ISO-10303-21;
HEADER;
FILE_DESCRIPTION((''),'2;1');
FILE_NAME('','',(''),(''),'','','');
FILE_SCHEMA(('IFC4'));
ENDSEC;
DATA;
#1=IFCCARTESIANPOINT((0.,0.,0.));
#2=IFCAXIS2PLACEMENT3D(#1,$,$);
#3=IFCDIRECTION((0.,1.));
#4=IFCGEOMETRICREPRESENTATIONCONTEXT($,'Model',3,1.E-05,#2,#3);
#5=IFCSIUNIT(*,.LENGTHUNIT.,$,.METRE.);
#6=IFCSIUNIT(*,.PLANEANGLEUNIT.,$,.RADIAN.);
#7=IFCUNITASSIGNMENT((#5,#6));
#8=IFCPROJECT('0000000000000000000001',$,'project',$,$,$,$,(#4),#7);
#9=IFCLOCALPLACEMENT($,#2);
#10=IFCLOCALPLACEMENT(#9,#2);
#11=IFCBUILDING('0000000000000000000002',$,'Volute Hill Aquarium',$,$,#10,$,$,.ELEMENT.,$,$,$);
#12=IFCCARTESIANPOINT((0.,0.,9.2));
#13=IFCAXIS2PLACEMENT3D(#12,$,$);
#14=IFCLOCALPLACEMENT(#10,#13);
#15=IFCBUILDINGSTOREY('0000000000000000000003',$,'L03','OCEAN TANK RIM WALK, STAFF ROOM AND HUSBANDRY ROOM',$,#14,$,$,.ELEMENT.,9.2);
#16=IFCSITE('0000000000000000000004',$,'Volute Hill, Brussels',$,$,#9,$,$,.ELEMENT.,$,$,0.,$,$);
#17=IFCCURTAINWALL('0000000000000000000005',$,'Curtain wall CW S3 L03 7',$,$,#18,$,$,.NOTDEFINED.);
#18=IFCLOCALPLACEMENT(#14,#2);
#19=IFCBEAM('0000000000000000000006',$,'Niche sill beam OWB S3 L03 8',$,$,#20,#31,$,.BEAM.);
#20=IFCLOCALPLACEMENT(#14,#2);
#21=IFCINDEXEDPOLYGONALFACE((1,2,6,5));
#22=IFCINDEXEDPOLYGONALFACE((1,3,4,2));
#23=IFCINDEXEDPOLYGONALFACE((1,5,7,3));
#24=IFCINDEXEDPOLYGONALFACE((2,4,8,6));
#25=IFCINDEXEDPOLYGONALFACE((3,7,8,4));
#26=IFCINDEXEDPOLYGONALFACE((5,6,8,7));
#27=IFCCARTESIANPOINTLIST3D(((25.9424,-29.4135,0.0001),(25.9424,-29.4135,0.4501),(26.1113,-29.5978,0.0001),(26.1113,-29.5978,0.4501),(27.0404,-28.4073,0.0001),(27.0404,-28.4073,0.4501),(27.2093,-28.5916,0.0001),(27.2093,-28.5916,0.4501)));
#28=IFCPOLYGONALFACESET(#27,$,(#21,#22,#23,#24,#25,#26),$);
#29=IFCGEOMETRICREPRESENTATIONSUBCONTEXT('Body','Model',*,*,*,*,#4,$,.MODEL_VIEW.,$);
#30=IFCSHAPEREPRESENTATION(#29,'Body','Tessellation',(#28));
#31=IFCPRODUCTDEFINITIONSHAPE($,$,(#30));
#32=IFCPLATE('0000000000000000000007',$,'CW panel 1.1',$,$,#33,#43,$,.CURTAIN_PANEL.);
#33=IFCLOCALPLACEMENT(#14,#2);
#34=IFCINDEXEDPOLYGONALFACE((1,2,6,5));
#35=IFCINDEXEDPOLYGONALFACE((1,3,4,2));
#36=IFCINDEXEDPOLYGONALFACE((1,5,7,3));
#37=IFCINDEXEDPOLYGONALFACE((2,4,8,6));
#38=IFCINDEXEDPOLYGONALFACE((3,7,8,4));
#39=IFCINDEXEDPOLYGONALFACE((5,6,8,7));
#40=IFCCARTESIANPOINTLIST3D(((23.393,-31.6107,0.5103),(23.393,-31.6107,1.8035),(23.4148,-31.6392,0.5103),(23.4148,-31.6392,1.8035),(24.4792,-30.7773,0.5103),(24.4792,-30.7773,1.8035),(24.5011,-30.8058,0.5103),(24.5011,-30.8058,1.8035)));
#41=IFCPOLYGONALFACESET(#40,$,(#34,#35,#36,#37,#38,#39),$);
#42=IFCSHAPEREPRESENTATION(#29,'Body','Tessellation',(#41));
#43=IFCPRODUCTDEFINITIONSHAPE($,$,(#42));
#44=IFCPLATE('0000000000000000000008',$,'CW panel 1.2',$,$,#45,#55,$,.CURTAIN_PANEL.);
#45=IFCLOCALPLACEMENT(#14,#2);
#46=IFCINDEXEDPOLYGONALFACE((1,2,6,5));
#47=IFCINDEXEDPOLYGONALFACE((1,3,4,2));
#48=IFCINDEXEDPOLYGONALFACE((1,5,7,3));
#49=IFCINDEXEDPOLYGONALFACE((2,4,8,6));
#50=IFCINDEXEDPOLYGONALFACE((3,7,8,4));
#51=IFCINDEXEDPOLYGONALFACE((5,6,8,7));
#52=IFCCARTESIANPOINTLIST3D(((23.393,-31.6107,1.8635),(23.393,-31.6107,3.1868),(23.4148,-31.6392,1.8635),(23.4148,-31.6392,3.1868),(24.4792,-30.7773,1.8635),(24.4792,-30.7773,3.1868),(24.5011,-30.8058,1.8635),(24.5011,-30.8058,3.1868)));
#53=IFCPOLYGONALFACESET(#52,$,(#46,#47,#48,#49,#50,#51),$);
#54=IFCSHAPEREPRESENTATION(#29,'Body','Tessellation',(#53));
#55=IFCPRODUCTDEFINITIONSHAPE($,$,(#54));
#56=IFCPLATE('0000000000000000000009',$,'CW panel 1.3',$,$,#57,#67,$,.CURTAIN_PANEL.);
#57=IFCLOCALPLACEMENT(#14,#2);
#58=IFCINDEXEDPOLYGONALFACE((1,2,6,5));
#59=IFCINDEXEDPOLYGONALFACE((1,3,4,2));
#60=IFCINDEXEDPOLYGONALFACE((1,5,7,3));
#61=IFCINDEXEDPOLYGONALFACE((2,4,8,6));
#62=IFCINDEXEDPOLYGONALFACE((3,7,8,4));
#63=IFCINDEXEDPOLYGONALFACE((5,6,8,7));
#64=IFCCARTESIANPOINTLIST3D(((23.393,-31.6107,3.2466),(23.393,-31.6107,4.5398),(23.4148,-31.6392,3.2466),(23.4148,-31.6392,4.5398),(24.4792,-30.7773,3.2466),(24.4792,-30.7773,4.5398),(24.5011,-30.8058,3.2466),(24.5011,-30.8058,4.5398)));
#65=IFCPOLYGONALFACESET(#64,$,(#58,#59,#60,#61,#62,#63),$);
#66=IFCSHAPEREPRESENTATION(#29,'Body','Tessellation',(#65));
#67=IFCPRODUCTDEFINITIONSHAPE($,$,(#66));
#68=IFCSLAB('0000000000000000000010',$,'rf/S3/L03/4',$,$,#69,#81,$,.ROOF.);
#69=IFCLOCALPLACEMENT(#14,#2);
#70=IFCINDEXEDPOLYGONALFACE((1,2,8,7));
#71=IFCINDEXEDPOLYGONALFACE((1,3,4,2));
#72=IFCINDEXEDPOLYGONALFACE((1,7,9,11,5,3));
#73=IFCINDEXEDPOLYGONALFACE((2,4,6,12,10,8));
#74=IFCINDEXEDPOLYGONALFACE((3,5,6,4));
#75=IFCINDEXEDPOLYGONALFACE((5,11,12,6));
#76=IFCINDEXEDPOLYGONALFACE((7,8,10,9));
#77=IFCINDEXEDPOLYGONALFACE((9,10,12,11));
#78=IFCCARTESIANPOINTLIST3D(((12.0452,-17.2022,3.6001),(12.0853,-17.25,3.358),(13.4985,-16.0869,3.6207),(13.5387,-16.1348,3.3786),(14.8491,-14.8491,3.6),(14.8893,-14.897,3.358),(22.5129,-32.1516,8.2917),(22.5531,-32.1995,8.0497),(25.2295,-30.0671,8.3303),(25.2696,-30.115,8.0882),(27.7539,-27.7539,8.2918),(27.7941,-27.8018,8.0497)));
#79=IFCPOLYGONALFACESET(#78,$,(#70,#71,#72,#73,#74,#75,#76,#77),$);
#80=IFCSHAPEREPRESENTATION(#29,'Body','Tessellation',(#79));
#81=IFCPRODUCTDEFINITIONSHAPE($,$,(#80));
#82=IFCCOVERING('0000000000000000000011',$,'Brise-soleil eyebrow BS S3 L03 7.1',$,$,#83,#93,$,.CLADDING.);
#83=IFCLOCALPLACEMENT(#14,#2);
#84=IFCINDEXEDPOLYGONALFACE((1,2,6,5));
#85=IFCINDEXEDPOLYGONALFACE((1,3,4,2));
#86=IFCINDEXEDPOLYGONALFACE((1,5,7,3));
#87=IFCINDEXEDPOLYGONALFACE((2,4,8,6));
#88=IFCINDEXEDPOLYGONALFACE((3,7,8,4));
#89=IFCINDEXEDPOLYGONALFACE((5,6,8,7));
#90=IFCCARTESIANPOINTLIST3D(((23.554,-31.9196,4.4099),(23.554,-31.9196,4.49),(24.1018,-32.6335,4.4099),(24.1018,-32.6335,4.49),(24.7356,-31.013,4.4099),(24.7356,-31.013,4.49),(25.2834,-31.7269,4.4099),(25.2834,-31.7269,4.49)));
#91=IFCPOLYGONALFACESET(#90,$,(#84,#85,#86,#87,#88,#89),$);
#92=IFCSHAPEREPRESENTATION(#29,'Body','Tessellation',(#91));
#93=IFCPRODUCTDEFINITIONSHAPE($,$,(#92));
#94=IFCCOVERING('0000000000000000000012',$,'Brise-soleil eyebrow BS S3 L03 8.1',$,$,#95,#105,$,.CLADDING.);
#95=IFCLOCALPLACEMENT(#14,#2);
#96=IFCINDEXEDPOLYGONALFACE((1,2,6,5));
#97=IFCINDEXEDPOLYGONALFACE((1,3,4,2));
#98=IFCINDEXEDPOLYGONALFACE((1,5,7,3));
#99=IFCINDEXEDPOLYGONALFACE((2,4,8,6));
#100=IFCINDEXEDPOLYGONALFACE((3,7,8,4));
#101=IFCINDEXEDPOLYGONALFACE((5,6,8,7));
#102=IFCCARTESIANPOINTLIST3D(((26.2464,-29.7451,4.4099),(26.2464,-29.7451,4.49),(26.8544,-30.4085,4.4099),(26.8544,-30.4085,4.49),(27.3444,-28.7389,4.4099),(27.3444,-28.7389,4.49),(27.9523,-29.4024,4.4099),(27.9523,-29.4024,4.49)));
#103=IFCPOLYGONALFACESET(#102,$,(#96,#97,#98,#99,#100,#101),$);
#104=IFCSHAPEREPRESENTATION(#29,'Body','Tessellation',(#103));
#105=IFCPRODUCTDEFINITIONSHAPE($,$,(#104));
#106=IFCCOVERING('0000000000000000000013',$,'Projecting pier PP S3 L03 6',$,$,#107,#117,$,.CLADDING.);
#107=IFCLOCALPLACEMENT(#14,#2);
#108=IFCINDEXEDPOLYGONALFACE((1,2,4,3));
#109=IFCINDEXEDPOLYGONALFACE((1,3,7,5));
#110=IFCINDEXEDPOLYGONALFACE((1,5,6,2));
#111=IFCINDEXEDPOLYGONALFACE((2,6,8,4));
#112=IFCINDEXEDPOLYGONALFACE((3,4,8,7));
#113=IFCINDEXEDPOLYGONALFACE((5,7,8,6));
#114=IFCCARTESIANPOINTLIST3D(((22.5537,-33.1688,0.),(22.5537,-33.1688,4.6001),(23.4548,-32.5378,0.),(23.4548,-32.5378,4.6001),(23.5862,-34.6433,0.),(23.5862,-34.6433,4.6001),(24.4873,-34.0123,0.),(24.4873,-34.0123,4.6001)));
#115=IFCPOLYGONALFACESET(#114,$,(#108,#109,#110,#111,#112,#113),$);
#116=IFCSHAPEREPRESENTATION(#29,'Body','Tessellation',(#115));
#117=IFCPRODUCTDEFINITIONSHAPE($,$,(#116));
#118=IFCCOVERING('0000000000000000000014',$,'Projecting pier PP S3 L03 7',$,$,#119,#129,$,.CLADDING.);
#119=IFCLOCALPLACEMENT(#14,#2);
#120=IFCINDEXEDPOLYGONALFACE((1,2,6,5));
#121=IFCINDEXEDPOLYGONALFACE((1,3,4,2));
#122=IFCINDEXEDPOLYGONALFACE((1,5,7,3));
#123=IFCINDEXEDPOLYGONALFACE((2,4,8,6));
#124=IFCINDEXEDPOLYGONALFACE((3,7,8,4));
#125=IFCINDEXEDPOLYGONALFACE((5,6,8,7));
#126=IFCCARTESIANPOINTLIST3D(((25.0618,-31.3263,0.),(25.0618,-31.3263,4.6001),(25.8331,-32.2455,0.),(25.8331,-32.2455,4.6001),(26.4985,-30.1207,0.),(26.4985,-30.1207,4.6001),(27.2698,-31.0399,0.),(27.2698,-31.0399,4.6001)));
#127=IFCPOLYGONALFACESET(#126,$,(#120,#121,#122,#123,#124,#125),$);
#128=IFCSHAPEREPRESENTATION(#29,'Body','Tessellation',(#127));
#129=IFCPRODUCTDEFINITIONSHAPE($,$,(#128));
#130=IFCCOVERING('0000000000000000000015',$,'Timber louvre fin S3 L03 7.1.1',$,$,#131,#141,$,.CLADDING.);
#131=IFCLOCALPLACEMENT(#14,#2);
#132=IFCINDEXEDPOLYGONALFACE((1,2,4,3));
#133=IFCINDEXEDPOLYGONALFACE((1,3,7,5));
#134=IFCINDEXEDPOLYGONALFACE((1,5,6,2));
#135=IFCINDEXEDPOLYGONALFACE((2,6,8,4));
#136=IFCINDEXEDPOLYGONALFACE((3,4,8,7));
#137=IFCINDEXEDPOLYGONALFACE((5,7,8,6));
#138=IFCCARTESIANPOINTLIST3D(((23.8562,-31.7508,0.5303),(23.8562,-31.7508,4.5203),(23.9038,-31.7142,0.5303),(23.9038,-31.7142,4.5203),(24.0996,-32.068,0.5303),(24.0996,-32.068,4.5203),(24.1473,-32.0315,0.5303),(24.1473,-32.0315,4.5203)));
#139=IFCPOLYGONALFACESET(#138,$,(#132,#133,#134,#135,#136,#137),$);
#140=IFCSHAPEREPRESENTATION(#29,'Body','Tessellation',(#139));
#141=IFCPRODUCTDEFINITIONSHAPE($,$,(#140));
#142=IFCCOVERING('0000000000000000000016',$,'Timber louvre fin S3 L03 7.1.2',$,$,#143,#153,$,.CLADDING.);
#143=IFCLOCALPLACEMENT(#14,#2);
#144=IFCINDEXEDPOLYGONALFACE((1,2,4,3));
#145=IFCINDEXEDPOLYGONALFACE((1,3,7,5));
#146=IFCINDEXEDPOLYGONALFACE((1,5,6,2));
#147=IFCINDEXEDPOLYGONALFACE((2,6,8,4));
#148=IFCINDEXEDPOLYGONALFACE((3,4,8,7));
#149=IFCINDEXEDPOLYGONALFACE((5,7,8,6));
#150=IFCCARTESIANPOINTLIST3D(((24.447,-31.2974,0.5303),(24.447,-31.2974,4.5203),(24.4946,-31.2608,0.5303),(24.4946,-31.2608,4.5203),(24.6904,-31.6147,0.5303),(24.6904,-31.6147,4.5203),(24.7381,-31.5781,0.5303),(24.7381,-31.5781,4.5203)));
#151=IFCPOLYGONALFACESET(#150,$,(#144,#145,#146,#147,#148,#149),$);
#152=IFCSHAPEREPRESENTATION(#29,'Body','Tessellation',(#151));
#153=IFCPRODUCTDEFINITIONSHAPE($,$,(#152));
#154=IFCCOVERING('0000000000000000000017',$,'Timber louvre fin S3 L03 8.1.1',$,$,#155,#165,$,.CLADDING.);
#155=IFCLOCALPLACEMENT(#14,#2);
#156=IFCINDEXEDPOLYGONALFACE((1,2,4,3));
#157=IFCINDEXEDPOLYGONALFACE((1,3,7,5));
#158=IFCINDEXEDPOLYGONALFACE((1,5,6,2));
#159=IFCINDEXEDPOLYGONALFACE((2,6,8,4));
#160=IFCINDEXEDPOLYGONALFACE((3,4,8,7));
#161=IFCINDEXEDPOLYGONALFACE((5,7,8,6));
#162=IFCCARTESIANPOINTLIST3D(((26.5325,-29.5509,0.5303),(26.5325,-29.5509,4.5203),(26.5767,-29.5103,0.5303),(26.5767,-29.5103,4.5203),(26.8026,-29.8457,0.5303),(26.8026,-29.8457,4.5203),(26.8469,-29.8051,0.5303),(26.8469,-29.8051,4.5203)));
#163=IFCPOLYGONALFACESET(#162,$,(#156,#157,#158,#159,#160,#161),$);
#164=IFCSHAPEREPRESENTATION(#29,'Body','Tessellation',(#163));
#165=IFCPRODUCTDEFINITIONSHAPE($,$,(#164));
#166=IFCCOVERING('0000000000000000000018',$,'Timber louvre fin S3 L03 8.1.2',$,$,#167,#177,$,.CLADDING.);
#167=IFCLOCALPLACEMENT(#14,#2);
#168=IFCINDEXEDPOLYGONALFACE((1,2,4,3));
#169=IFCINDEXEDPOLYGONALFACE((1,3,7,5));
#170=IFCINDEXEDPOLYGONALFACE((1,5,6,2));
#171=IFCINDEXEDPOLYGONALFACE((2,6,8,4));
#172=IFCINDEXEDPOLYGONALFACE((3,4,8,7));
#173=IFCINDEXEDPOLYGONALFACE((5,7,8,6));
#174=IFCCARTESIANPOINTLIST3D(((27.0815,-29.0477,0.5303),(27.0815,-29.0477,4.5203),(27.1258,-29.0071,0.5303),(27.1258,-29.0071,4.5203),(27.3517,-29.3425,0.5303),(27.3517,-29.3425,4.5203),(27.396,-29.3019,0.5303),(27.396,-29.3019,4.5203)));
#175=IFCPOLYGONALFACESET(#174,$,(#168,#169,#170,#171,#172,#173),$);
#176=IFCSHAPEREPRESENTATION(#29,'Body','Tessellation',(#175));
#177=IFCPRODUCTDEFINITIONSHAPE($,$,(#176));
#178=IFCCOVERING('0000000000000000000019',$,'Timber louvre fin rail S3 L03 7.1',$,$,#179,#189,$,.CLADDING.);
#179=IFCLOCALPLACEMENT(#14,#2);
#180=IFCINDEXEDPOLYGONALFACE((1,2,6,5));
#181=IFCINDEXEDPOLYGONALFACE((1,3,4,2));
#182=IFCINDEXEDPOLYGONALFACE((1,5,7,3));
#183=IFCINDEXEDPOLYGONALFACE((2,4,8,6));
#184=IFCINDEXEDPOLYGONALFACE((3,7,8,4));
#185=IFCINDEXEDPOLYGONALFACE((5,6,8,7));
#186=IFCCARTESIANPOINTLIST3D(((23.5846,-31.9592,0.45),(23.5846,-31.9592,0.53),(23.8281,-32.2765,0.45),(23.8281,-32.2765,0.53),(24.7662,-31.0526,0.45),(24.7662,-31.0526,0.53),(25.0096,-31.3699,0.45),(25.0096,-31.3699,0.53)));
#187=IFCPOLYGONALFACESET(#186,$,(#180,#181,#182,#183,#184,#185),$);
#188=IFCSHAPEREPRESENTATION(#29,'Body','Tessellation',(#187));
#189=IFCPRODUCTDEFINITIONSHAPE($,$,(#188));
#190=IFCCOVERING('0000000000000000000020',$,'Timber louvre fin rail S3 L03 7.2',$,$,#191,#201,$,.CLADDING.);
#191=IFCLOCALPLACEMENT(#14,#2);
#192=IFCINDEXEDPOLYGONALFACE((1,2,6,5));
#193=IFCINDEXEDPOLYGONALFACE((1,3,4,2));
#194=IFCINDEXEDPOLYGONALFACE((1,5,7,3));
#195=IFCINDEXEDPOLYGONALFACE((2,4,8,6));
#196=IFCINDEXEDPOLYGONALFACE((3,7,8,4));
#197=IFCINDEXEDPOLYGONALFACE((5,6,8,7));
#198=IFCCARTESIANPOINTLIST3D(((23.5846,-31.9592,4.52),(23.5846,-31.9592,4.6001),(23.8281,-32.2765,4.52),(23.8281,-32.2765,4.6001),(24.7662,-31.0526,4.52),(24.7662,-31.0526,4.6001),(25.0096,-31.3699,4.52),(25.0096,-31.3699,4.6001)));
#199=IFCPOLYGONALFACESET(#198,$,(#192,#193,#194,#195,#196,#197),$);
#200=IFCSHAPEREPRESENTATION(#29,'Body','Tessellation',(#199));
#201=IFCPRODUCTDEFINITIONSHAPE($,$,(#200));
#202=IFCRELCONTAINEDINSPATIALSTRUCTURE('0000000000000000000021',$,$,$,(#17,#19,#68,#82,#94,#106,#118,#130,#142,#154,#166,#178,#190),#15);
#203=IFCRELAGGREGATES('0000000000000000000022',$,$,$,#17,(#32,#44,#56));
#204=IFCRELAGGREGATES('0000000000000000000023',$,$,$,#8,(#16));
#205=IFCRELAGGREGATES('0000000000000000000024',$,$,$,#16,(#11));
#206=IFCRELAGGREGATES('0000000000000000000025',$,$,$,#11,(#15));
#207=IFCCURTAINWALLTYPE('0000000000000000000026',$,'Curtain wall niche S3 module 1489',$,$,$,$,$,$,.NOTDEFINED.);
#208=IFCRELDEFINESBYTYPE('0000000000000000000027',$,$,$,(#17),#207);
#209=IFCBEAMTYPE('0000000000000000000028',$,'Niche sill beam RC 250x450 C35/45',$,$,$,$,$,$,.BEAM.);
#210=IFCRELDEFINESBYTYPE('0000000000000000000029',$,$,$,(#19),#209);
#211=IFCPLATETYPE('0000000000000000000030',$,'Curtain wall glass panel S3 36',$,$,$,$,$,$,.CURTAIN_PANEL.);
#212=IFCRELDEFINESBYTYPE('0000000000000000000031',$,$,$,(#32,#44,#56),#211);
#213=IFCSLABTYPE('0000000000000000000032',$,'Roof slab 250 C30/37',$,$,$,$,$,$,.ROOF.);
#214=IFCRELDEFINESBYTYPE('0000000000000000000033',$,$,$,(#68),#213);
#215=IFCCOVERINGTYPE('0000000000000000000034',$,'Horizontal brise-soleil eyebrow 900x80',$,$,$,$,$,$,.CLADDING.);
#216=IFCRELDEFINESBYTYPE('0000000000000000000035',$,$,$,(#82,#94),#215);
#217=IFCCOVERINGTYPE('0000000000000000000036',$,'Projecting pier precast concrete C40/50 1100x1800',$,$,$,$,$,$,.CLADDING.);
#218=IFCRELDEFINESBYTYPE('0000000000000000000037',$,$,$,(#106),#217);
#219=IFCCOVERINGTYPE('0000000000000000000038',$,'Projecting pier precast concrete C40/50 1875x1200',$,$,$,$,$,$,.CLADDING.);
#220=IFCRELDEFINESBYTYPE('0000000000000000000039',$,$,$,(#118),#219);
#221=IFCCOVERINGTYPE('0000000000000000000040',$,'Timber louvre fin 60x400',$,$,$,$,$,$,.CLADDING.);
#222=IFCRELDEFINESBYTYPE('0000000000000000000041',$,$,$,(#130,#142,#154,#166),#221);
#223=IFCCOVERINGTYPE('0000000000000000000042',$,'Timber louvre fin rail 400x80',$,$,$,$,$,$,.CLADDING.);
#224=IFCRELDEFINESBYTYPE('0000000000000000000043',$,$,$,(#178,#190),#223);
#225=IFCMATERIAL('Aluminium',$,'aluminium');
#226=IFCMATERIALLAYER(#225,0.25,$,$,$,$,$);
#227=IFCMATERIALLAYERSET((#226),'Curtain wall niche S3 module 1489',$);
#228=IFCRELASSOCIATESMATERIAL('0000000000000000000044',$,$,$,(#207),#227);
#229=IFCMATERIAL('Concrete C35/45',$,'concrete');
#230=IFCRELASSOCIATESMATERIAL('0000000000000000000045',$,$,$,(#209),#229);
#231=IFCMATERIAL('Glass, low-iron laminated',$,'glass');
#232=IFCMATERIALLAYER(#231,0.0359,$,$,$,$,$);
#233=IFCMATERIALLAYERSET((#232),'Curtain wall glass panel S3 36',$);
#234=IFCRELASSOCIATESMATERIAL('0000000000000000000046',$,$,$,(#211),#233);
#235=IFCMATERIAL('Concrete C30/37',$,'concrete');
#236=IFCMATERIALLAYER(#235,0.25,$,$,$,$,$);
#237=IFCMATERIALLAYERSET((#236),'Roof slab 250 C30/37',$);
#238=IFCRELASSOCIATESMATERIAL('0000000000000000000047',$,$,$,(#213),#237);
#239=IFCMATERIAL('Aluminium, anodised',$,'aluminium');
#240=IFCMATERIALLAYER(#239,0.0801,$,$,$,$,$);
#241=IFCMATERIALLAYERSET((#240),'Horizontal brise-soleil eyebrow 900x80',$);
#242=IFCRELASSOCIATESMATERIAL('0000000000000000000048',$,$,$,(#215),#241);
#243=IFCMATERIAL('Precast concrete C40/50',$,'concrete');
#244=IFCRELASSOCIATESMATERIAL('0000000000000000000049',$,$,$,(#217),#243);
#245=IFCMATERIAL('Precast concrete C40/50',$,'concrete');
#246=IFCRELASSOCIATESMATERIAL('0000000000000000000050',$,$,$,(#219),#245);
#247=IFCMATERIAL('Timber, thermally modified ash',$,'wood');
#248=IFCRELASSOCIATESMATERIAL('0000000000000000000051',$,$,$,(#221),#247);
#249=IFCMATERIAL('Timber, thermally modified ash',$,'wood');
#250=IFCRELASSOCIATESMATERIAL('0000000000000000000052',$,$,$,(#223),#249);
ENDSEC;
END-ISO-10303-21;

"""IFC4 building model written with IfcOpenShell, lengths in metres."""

from ifc_helpers import new_model, si_unit, direction, frame, origin, origin_2d, place, context, subcontext, project, spatial, polyline, rectangle, outline, extrude, material, layer, layer_set, material_profile, profile_set, type_object, element, aggregate, save


model = new_model("IFC4")

# Units and contexts
model_context = context("Model", 3, precision=1e-05, world=origin(), true_north=direction((0.0, 1.0)))
body_context = subcontext(model_context, "Body", "Model", "MODEL_VIEW")
ifc_project = project(units=[si_unit("LENGTHUNIT", "METRE"), si_unit("PLANEANGLEUNIT", "RADIAN")], contexts=[model_context])

# Site, building, storey
site_placement = place(None, origin())
site = spatial("IfcSite", under=ifc_project, at=site_placement, Name="Volute Hill, Brussels", CompositionType="ELEMENT", RefElevation=0.0)
building_placement = place(site_placement, origin())
building = spatial("IfcBuilding", under=site, at=building_placement, Name="Volute Hill Aquarium", CompositionType="ELEMENT")
storey_placement = place(building_placement, frame((0.0, 0.0, 9.2)))
storey = spatial("IfcBuildingStorey", under=building, at=storey_placement, Name="L03", Description="OCEAN TANK RIM WALK, STAFF ROOM AND HUSBANDRY ROOM", CompositionType="ELEMENT", Elevation=9.2)

# Curtain wall
ifc_material_1 = material(Name="Aluminium", Category="aluminium")
ifc_layer_1 = layer(ifc_material_1, 0.25)
ifc_layer_set_1 = layer_set([ifc_layer_1], Name="Curtain wall niche S3 module 1489")
curtain_wall_type = type_object("IfcCurtainWallType", Name="Curtain wall niche S3 module 1489", PredefinedType="NOTDEFINED", material=ifc_layer_set_1)
curtain_wall_1_placement = place(storey_placement, origin())
curtain_wall_1 = element("IfcCurtainWall", 1, at=curtain_wall_1_placement, inside=storey, type_object=curtain_wall_type, Name="Curtain wall CW S3 L03 7", PredefinedType="NOTDEFINED")

# Beam
ifc_material_2 = material(Name="Concrete C35/45", Category="concrete")
ifc_material_profile_1 = material_profile(ifc_material_2, rectangle(XDim=0.25, YDim=0.45, at=origin_2d()), Name="RC beam 250x450")
ifc_profile_set_1 = profile_set([ifc_material_profile_1], Name="Concrete C35/45")
beam_type_1 = type_object("IfcBeamType", Name="Niche sill beam RC 250x450 C35/45", PredefinedType="BEAM", material=ifc_profile_set_1)
for number, where, z_axis, x_axis, name in (
    (2, (26.0269, -29.5056, 0.2251), (0.737256, 0.675613, 0.0), (-0.675613, 0.737256, 0.0), "Niche sill beam OWB S3 L03 8"),
):
    element("IfcBeam", number, at=place(storey_placement, frame(where, z_axis=z_axis, x_axis=x_axis)), inside=storey, type_object=beam_type_1, Name=name, PredefinedType="BEAM", context=body_context, shape_type="SweptSolid", body=[
        extrude(rectangle(XDim=0.25, YDim=0.45, at=origin_2d()), origin(), (0.0, 0.0, 1.0), 1.4893),
    ])

# Plates
ifc_material_3 = material(Name="Glass, low-iron laminated", Category="glass")
ifc_layer_2 = layer(ifc_material_3, 0.0359)
ifc_layer_set_2 = layer_set([ifc_layer_2], Name="Curtain wall glass panel S3 36")
plate_type = type_object("IfcPlateType", Name="Curtain wall glass panel S3 36", PredefinedType="CURTAIN_PANEL", material=ifc_layer_set_2)
plate_1_placement = place(storey_placement, frame((23.947, -31.2083, 0.5103), z_axis=(0.0, 0.0, 1.0), x_axis=(0.793365, 0.608747, 0.0)))
plate_1 = element("IfcPlate", 3, at=plate_1_placement, type_object=plate_type, Name="CW panel 1.1", PredefinedType="CURTAIN_PANEL", context=body_context, shape_type="SweptSolid", body=[
    extrude(rectangle(XDim=1.3691, YDim=0.0359, at=origin_2d()), origin(), (0.0, 0.0, 1.0), 1.2932),
])
plate_2_placement = place(storey_placement, frame((23.947, -31.2083, 1.8635), z_axis=(0.0, 0.0, 1.0), x_axis=(0.793365, 0.608747, 0.0)))
plate_2 = element("IfcPlate", 4, at=plate_2_placement, type_object=plate_type, Name="CW panel 1.2", PredefinedType="CURTAIN_PANEL", context=body_context, shape_type="SweptSolid", body=[
    extrude(rectangle(XDim=1.3691, YDim=0.0359, at=origin_2d()), origin(), (0.0, 0.0, 1.0), 1.3232),
])
plate_3_placement = place(storey_placement, frame((23.947, -31.2083, 3.2466), z_axis=(0.0, 0.0, 1.0), x_axis=(0.793365, 0.608747, 0.0)))
plate_3 = element("IfcPlate", 5, at=plate_3_placement, type_object=plate_type, Name="CW panel 1.3", PredefinedType="CURTAIN_PANEL", context=body_context, shape_type="SweptSolid", body=[
    extrude(rectangle(XDim=1.3691, YDim=0.0359, at=origin_2d()), origin(), (0.0, 0.0, 1.0), 1.2932),
])
aggregate(curtain_wall_1, [plate_1, plate_2, plate_3])

# Slab
ifc_material_4 = material(Name="Concrete C30/37", Category="concrete")
ifc_layer_3 = layer(ifc_material_4, 0.25)
ifc_layer_set_3 = layer_set([ifc_layer_3], Name="Roof slab 250 C30/37")
slab_type = type_object("IfcSlabType", Name="Roof slab 250 C30/37", PredefinedType="ROOF", material=ifc_layer_set_3)
slab_placement = place(storey_placement, frame((22.5129, -32.1516, 8.2917), z_axis=(-0.16062, 0.191413, 0.968278), x_axis=(0.793305, 0.60872, 0.011261)))
element("IfcSlab", 6, at=slab_placement, inside=storey, type_object=slab_type, Name="rf/S3/L03/4", PredefinedType="ROOF", context=body_context, shape_type="SweptSolid", body=[
    extrude(outline(polyline([(0.0, 0.0), (3.4244, 0.0), (6.8347, 0.3082), (4.3998, 18.9938), (2.5751, 18.8288), (0.7431, 18.8287), (0.0, 0.0)])), origin(), (0.0, 0.0, -1.0), 0.25),
])

# Coverings
ifc_material_5 = material(Name="Aluminium, anodised", Category="aluminium")
ifc_layer_4 = layer(ifc_material_5, 0.0801)
ifc_layer_set_4 = layer_set([ifc_layer_4], Name="Horizontal brise-soleil eyebrow 900x80")
covering_type_1 = type_object("IfcCoveringType", Name="Horizontal brise-soleil eyebrow 900x80", PredefinedType="CLADDING", material=ifc_layer_set_4)
for number, where, z_axis, x_axis, name in (
    (7, (24.4187, -31.8232, 4.4099), (0.0, 0.0, 1.0), (0.793365, 0.608746, 0.0), "Brise-soleil eyebrow BS S3 L03 7.1"),
    (8, (27.0994, -29.5737, 4.4099), (0.0, 0.0, 1.0), (0.737257, 0.675612, 0.0), "Brise-soleil eyebrow BS S3 L03 8.1"),
):
    element("IfcCovering", number, at=place(storey_placement, frame(where, z_axis=z_axis, x_axis=x_axis)), inside=storey, type_object=covering_type_1, Name=name, PredefinedType="CLADDING", context=body_context, shape_type="SweptSolid", body=[
        extrude(rectangle(XDim=1.4893, YDim=0.8999, at=origin_2d()), origin(), (0.0, 0.0, 1.0), 0.0801),
    ])
ifc_material_6 = material(Name="Precast concrete C40/50", Category="concrete")
covering_type_2 = type_object("IfcCoveringType", Name="Projecting pier precast concrete C40/50 1100x1800", PredefinedType="CLADDING", material=ifc_material_6)
covering_1_placement = place(storey_placement, frame((23.5205, -33.5906, 0.0), z_axis=(0.0, 0.0, 1.0), x_axis=(0.819152, 0.573576, 0.0)))
element("IfcCovering", 9, at=covering_1_placement, inside=storey, type_object=covering_type_2, Name="Projecting pier PP S3 L03 6", PredefinedType="CLADDING", context=body_context, shape_type="SweptSolid", body=[
    extrude(rectangle(XDim=1.1001, YDim=1.8, at=origin_2d()), origin(), (0.0, 0.0, 1.0), 4.6001),
])
ifc_material_7 = material(Name="Precast concrete C40/50", Category="concrete")
covering_type_3 = type_object("IfcCoveringType", Name="Projecting pier precast concrete C40/50 1875x1200", PredefinedType="CLADDING", material=ifc_material_7)
covering_2_placement = place(storey_placement, frame((26.1658, -31.1831, 0.0), z_axis=(0.0, 0.0, 1.0), x_axis=(0.766044, 0.642788, 0.0)))
element("IfcCovering", 10, at=covering_2_placement, inside=storey, type_object=covering_type_3, Name="Projecting pier PP S3 L03 7", PredefinedType="CLADDING", context=body_context, shape_type="SweptSolid", body=[
    extrude(rectangle(XDim=1.8755, YDim=1.2, at=origin_2d()), origin(), (0.0, 0.0, 1.0), 4.6001),
])
ifc_material_8 = material(Name="Timber, thermally modified ash", Category="wood")
covering_type_4 = type_object("IfcCoveringType", Name="Timber louvre fin 60x400", PredefinedType="CLADDING", material=ifc_material_8)
for number, where, z_axis, x_axis, name in (
    (11, (24.0017, -31.8911, 0.5303), (0.0, 0.0, 1.0), (0.793365, 0.608746, 0.0), "Timber louvre fin S3 L03 7.1.1"),
    (12, (24.5925, -31.4377, 0.5303), (0.0, 0.0, 1.0), (0.793365, 0.608746, 0.0), "Timber louvre fin S3 L03 7.1.2"),
    (13, (26.6897, -29.678, 0.5303), (0.0, 0.0, 1.0), (0.737257, 0.675612, 0.0), "Timber louvre fin S3 L03 8.1.1"),
    (14, (27.2388, -29.1748, 0.5303), (0.0, 0.0, 1.0), (0.737257, 0.675612, 0.0), "Timber louvre fin S3 L03 8.1.2"),
):
    element("IfcCovering", number, at=place(storey_placement, frame(where, z_axis=z_axis, x_axis=x_axis)), inside=storey, type_object=covering_type_4, Name=name, PredefinedType="CLADDING", context=body_context, shape_type="SweptSolid", body=[
        extrude(rectangle(XDim=0.0601, YDim=0.3999, at=origin_2d()), origin(), (0.0, 0.0, 1.0), 3.99),
    ])
ifc_material_9 = material(Name="Timber, thermally modified ash", Category="wood")
covering_type_5 = type_object("IfcCoveringType", Name="Timber louvre fin rail 400x80", PredefinedType="CLADDING", material=ifc_material_9)
for number, where, z_axis, x_axis, name in (
    (15, (24.2971, -31.6646, 0.45), (0.0, 0.0, 1.0), (0.793365, 0.608746, 0.0), "Timber louvre fin rail S3 L03 7.1"),
    (16, (24.2971, -31.6646, 4.52), (0.0, 0.0, 1.0), (0.793365, 0.608746, 0.0), "Timber louvre fin rail S3 L03 7.2"),
):
    element("IfcCovering", number, at=place(storey_placement, frame(where, z_axis=z_axis, x_axis=x_axis)), inside=storey, type_object=covering_type_5, Name=name, PredefinedType="CLADDING", context=body_context, shape_type="SweptSolid", body=[
        extrude(rectangle(XDim=1.4893, YDim=0.3999, at=origin_2d()), origin(), (0.0, 0.0, 1.0), 0.0801),
    ])

save(model, "model.ifc")
